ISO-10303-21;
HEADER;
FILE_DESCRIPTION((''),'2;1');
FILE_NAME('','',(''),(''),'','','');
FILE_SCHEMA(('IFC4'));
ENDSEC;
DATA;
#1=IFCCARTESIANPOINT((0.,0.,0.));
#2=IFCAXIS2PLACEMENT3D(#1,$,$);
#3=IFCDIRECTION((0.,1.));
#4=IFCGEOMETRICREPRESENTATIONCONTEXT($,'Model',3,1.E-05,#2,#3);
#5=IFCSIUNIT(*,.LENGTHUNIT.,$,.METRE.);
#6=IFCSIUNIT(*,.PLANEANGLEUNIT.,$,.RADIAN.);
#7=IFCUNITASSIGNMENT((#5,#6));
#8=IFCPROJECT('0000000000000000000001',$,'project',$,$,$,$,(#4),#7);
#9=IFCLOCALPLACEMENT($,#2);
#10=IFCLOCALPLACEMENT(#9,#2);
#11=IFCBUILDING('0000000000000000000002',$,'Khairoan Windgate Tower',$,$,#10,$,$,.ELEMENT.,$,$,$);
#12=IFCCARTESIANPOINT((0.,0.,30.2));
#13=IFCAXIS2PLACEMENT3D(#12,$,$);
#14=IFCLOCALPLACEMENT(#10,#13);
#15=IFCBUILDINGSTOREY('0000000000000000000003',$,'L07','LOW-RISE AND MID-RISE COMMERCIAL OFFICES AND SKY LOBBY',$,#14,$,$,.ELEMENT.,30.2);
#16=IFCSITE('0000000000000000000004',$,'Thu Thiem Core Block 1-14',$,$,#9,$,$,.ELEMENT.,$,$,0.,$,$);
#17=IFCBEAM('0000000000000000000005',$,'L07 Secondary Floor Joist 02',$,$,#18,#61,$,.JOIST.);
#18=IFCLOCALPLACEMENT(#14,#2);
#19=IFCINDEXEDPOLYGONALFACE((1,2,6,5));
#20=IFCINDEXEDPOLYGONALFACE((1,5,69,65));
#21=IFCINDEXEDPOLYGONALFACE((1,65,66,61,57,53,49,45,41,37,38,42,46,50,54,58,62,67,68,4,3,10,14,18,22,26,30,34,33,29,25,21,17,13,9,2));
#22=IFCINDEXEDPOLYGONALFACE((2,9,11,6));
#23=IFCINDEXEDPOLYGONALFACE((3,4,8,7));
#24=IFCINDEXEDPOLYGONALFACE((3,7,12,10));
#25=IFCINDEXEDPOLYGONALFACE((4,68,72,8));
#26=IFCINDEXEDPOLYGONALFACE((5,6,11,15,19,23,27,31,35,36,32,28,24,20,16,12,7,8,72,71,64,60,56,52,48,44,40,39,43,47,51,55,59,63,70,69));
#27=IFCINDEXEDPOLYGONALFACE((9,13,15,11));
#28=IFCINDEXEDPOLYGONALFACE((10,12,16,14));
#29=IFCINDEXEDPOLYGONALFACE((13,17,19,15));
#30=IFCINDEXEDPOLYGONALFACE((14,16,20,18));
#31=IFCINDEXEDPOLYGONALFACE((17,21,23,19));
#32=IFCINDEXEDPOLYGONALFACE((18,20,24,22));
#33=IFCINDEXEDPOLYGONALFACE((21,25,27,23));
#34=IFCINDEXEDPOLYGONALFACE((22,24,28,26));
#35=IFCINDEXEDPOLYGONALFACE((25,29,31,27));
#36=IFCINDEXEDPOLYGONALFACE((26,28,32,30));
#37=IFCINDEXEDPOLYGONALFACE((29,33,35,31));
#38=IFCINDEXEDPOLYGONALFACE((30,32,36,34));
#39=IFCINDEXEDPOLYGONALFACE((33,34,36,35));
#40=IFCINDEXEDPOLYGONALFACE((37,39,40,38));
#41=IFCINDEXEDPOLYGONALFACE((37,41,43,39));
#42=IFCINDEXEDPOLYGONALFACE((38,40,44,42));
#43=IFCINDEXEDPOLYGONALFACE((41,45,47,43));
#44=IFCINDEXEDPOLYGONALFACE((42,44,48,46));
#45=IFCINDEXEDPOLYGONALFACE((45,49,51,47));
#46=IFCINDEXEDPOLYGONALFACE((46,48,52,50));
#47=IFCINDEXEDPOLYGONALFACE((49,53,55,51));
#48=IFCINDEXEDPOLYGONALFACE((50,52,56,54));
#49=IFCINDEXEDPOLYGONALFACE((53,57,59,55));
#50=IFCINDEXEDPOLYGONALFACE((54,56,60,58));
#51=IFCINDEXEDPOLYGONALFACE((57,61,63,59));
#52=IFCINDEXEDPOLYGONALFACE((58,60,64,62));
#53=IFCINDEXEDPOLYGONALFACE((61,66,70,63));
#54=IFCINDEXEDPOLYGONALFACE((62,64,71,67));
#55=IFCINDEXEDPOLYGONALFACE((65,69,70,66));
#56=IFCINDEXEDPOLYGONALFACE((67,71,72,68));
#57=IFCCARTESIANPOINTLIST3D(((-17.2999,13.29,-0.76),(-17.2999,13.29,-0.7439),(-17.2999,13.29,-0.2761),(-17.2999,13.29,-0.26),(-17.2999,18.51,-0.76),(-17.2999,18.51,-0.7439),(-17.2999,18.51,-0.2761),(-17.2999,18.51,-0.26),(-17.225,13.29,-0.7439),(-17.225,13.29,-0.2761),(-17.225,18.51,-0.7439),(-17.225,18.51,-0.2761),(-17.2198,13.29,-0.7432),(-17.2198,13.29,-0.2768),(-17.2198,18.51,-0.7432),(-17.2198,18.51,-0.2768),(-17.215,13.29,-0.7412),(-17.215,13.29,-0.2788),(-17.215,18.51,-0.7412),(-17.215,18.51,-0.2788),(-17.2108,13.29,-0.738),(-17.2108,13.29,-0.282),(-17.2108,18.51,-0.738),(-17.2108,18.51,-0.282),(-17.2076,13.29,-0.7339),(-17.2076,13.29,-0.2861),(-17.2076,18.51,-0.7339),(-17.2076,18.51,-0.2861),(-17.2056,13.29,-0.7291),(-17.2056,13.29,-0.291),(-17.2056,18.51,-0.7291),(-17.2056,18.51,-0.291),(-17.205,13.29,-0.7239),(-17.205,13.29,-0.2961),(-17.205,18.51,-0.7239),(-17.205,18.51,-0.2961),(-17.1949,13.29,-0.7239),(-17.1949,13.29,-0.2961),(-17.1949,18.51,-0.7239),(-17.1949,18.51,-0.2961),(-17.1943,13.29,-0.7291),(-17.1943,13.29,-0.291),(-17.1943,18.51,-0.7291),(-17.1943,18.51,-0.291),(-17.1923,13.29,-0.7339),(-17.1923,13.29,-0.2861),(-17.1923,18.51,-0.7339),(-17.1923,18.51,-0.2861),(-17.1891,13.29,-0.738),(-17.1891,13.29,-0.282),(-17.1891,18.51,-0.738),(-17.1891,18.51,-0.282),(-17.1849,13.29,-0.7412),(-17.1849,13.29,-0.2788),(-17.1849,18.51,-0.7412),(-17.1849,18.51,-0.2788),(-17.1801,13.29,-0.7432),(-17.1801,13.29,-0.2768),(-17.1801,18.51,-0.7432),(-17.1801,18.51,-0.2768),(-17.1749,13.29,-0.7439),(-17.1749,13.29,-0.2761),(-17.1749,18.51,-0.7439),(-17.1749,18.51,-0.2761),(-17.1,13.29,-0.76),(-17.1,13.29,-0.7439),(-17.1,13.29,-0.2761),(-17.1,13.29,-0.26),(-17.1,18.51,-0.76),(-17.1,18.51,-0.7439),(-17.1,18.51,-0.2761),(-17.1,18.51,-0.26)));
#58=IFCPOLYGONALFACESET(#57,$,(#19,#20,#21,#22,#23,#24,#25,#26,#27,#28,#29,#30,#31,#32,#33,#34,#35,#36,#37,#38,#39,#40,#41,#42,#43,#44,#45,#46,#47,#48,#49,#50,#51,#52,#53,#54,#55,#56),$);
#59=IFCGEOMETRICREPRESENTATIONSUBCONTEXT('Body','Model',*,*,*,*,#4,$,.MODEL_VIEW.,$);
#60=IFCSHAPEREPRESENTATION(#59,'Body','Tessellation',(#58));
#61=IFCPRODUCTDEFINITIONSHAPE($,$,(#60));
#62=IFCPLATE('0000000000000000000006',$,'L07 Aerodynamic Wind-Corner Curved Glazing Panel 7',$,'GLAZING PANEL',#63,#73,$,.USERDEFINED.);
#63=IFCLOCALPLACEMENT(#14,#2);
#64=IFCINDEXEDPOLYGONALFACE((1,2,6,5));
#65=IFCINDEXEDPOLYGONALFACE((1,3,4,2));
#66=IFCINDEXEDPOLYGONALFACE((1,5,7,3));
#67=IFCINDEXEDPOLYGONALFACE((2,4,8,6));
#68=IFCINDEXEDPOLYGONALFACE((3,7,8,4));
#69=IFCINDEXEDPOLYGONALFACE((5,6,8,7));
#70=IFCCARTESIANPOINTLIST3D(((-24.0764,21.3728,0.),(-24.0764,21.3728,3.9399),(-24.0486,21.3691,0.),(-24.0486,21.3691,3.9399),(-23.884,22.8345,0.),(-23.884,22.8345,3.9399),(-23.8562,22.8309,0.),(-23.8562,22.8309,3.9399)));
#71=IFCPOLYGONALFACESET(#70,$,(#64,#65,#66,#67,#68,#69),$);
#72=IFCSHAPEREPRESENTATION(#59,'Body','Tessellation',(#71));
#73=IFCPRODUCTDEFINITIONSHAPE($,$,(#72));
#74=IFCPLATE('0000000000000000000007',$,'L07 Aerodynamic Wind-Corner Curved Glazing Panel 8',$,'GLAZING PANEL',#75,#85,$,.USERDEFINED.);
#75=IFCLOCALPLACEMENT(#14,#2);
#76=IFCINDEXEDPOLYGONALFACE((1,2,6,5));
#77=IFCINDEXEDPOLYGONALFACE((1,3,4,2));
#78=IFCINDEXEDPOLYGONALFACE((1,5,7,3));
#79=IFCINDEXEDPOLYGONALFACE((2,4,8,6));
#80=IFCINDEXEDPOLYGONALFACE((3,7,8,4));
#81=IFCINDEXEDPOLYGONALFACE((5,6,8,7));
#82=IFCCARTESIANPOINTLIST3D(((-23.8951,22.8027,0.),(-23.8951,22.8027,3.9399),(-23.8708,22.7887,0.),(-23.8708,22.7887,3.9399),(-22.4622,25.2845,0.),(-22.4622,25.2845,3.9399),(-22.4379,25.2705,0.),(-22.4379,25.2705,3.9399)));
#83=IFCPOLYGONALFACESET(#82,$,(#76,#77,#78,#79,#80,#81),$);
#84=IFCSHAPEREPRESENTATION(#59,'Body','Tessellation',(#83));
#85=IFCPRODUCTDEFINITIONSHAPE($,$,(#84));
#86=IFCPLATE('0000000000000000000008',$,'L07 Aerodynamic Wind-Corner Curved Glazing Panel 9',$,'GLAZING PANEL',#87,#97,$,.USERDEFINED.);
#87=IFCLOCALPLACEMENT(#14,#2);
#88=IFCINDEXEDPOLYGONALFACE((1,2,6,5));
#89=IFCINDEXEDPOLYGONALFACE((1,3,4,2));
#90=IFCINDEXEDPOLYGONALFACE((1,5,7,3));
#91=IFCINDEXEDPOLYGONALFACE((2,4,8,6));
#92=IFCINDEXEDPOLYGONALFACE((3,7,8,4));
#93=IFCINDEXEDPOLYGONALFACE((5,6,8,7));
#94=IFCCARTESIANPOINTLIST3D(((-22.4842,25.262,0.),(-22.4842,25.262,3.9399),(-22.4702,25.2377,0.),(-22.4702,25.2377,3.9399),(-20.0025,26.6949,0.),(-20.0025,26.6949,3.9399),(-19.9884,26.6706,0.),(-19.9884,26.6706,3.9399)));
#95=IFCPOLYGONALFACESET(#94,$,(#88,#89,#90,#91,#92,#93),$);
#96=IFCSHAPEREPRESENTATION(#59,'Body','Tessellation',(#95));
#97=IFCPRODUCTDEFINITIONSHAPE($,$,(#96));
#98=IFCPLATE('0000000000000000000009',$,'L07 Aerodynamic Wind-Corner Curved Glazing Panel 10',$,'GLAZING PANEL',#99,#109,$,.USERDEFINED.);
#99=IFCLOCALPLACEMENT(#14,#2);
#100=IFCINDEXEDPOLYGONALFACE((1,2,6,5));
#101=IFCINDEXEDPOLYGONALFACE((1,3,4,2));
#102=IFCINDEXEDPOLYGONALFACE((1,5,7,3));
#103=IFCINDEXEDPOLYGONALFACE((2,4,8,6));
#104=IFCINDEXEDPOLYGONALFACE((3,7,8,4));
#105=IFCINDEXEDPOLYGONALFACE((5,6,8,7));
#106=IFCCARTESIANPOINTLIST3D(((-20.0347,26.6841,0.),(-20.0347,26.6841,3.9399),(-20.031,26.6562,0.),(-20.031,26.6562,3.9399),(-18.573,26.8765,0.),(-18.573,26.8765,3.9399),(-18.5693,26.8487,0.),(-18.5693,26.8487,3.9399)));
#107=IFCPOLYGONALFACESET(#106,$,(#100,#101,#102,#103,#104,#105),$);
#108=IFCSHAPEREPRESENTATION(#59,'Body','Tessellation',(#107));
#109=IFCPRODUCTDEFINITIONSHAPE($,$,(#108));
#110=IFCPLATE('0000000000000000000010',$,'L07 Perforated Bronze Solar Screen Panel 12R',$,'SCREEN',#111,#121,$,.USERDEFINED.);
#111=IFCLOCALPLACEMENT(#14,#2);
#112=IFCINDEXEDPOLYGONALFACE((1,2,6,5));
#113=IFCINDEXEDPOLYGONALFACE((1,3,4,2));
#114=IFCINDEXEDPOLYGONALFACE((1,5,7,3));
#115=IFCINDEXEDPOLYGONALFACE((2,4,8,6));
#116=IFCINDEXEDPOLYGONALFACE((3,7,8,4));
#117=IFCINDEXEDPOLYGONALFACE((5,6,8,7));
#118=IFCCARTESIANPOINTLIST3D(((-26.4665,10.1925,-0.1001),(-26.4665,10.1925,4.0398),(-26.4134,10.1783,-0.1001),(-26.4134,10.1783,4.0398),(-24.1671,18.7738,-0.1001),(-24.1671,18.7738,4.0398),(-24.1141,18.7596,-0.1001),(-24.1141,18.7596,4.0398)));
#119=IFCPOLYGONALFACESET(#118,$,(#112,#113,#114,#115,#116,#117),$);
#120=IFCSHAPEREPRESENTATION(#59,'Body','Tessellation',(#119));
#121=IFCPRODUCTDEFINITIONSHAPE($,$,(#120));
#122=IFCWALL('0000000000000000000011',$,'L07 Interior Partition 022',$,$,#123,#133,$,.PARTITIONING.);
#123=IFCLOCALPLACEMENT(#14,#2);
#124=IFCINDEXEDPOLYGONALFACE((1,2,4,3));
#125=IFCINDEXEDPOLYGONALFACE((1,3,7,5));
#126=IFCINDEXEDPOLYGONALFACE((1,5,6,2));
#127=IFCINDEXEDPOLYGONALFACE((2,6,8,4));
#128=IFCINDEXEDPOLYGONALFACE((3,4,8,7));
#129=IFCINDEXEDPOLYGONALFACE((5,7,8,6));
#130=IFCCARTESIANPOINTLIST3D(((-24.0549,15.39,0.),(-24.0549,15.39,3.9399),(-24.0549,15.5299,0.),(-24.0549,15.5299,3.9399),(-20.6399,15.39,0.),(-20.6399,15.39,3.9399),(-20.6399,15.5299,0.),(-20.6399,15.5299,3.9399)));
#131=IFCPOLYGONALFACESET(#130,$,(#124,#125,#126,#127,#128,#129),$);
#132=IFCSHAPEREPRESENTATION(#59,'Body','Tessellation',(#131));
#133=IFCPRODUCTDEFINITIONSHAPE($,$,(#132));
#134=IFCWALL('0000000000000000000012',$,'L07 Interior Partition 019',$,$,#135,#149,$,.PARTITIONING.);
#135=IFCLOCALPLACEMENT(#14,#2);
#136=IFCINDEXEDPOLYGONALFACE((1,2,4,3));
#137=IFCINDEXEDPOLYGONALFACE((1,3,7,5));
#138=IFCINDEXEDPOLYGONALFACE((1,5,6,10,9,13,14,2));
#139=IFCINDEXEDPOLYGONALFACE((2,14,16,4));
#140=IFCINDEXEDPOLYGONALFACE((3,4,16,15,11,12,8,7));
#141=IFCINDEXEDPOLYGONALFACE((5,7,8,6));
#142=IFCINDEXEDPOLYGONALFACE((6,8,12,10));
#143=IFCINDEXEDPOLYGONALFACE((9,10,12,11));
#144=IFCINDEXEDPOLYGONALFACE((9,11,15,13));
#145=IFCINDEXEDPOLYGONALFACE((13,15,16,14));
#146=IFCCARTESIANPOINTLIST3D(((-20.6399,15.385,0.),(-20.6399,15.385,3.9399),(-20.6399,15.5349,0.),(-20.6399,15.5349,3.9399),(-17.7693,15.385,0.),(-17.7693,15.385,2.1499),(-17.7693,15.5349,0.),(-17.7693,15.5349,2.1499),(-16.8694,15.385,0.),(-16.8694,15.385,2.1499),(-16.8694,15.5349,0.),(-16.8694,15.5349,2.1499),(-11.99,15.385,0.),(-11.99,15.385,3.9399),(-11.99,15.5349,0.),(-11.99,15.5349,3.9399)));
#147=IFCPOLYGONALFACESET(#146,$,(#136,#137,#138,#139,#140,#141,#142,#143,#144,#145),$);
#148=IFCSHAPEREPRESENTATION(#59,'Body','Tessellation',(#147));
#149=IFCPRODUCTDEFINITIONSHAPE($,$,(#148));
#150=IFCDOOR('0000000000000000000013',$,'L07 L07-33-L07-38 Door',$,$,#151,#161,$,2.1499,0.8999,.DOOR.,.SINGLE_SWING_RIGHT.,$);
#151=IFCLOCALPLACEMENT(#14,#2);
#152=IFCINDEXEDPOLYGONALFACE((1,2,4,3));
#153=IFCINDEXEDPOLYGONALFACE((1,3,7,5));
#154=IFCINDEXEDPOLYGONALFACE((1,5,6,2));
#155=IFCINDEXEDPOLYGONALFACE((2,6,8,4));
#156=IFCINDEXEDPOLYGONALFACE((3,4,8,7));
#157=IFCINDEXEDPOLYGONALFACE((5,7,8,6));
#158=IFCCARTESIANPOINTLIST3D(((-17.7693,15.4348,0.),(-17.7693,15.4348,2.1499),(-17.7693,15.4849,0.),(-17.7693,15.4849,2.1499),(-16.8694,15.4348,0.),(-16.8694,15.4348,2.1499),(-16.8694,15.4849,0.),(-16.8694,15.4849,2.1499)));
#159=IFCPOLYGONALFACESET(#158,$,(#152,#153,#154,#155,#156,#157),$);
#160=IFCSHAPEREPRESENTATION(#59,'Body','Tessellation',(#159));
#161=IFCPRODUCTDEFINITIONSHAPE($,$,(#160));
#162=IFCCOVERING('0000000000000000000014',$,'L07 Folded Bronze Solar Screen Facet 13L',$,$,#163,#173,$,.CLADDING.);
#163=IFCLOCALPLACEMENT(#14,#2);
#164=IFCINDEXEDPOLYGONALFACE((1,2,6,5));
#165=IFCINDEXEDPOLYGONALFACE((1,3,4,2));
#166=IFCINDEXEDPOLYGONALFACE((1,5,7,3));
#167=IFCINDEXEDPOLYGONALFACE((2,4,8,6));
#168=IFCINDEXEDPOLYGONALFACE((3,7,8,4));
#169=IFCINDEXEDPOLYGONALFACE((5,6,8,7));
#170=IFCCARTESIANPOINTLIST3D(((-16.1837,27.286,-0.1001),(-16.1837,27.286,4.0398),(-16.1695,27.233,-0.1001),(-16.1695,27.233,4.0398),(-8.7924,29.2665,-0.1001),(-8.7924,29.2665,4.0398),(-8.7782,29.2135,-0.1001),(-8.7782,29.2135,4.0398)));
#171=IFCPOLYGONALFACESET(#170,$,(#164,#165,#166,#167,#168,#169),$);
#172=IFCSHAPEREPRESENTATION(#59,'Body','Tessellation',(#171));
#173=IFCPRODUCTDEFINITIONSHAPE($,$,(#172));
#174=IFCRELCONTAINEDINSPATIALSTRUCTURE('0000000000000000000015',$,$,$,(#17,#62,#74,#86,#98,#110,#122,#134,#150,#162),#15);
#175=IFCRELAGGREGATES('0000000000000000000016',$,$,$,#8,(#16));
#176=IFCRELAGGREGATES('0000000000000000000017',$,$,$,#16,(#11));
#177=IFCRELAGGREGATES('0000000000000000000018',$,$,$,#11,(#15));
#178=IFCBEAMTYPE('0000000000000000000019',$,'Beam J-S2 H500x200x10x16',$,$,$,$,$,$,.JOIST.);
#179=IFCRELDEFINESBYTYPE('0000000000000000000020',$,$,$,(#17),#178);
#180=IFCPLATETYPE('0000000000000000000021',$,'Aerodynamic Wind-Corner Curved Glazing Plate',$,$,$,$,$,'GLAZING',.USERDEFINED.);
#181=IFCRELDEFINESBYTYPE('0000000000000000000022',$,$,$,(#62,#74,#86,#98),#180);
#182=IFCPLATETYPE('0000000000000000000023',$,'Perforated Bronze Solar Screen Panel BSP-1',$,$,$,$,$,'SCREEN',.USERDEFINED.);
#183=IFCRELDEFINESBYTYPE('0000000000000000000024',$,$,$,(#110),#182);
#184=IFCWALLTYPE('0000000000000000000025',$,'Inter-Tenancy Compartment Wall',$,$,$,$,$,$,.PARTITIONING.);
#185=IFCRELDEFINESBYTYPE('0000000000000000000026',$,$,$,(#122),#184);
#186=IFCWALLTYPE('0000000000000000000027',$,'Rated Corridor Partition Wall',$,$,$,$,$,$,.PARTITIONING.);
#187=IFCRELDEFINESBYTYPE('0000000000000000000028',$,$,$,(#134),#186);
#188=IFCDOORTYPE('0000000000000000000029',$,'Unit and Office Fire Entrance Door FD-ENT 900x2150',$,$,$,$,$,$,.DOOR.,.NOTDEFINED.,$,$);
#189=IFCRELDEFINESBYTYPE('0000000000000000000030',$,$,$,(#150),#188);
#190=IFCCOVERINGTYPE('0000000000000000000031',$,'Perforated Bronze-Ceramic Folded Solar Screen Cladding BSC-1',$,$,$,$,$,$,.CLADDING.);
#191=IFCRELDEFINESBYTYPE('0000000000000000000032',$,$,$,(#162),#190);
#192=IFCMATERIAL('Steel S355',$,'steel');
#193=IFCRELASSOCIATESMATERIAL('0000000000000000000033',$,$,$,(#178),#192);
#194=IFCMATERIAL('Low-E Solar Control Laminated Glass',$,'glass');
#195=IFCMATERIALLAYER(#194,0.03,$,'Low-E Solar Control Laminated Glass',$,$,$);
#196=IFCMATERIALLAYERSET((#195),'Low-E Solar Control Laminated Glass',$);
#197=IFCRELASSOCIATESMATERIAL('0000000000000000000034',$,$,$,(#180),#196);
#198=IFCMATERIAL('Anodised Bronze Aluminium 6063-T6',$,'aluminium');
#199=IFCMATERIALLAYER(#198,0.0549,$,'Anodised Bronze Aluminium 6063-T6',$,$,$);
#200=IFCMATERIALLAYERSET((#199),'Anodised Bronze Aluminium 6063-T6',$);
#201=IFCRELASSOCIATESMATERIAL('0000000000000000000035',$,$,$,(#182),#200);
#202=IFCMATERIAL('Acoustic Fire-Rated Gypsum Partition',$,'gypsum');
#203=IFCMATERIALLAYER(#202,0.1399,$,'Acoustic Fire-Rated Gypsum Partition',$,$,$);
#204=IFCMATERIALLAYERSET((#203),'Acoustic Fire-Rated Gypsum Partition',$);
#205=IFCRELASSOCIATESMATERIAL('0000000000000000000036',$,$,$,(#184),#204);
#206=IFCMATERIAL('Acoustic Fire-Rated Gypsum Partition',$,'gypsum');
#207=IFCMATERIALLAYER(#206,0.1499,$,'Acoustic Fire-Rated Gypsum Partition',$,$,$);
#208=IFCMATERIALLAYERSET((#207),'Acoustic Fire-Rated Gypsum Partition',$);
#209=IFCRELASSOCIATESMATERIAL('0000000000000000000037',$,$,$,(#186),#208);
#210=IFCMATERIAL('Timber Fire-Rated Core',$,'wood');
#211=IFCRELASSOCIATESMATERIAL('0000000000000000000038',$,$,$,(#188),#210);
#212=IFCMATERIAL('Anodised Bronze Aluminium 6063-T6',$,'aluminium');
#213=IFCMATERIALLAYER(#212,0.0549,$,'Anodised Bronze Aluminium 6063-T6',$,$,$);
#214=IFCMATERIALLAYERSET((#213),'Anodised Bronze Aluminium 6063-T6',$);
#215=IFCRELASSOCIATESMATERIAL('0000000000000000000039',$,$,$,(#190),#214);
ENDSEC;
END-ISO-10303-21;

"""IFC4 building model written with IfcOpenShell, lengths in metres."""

from ifc_helpers import new_model, si_unit, direction, frame, frame_2d, origin, origin_2d, place, context, subcontext, project, spatial, rectangle, i_section, extrude, material, layer, layer_set, material_profile, profile_set, type_object, element, fill, save


model = new_model("IFC4")

# Units and contexts
model_context = context("Model", 3, precision=1e-05, world=origin(), true_north=direction((0.0, 1.0)))
body_context = subcontext(model_context, "Body", "Model", "MODEL_VIEW")
ifc_project = project(units=[si_unit("LENGTHUNIT", "METRE"), si_unit("PLANEANGLEUNIT", "RADIAN")], contexts=[model_context])

# Site, building, storey
site_placement = place(None, origin())
site = spatial("IfcSite", under=ifc_project, at=site_placement, Name="Thu Thiem Core Block 1-14", CompositionType="ELEMENT", RefElevation=0.0)
building_placement = place(site_placement, origin())
building = spatial("IfcBuilding", under=site, at=building_placement, Name="Khairoan Windgate Tower", CompositionType="ELEMENT")
storey_placement = place(building_placement, frame((0.0, 0.0, 30.2)))
storey = spatial("IfcBuildingStorey", under=building, at=storey_placement, Name="L07", Description="LOW-RISE AND MID-RISE COMMERCIAL OFFICES AND SKY LOBBY", CompositionType="ELEMENT", Elevation=30.2)

# Beam
ifc_material_1 = material(Name="Steel S355", Category="steel")
ifc_material_profile_1 = material_profile(ifc_material_1, i_section(OverallWidth=0.2, OverallDepth=0.5, WebThickness=0.01, FlangeThickness=0.0161, FilletRadius=0.02, at=origin_2d()))
ifc_profile_set_1 = profile_set([ifc_material_profile_1], Name="Steel S355")
beam_type_1 = type_object("IfcBeamType", Name="Beam J-S2 H500x200x10x16", PredefinedType="JOIST", material=ifc_profile_set_1)
beam_1_placement = place(storey_placement, frame((-17.2, 13.29, -0.51), z_axis=(0.0, 1.0, 0.0), x_axis=(-1.0, 0.0, 0.0)))
element("IfcBeam", 1, at=beam_1_placement, inside=storey, type_object=beam_type_1, Name="L07 Secondary Floor Joist 02", PredefinedType="JOIST", context=body_context, shape_type="SweptSolid", body=[
    extrude(i_section(OverallWidth=0.2, OverallDepth=0.5, WebThickness=0.01, FlangeThickness=0.0161, FilletRadius=0.02, at=origin_2d()), origin(), (0.0, 0.0, 1.0), 5.22),
])

# Plates
ifc_material_2 = material(Name="Low-E Solar Control Laminated Glass", Category="glass")
ifc_layer_1 = layer(ifc_material_2, 0.03, Name="Low-E Solar Control Laminated Glass")
ifc_layer_set_1 = layer_set([ifc_layer_1], Name="Low-E Solar Control Laminated Glass")
plate_type_1 = type_object("IfcPlateType", Name="Aerodynamic Wind-Corner Curved Glazing Plate", ElementType="GLAZING", PredefinedType="USERDEFINED", material=ifc_layer_set_1)
plate_1_placement = place(storey_placement, frame((-23.9663, 22.1018, 0.0), z_axis=(0.0, 0.0, 1.0), x_axis=(0.130526, 0.991445, 0.0)))
element("IfcPlate", 2, at=plate_1_placement, inside=storey, type_object=plate_type_1, Name="L07 Aerodynamic Wind-Corner Curved Glazing Panel 7", ObjectType="GLAZING PANEL", PredefinedType="USERDEFINED", context=body_context, shape_type="SweptSolid", body=[
    extrude(rectangle(XDim=1.4744, YDim=0.0281, at=origin_2d()), origin(), (0.0, 0.0, 1.0), 3.9399),
])
for number, where, z_axis, x_axis, name in (
    (3, (-23.1665, 24.0366, 0.0), (0.0, 0.0, 1.0), (0.5, 0.866025, 0.0), "L07 Aerodynamic Wind-Corner Curved Glazing Panel 8"),
    (4, (-21.2363, 25.9663, 0.0), (0.0, 0.0, 1.0), (0.866025, 0.5, 0.0), "L07 Aerodynamic Wind-Corner Curved Glazing Panel 9"),
):
    element("IfcPlate", number, at=place(storey_placement, frame(where, z_axis=z_axis, x_axis=x_axis)), inside=storey, type_object=plate_type_1, Name=name, ObjectType="GLAZING PANEL", PredefinedType="USERDEFINED", context=body_context, shape_type="SweptSolid", body=[
        extrude(rectangle(XDim=2.8657, YDim=0.0281, at=origin_2d()), origin(), (0.0, 0.0, 1.0), 3.9399),
    ])
plate_2_placement = place(storey_placement, frame((-19.302, 26.7664, 0.0), z_axis=(0.0, 0.0, 1.0), x_axis=(0.991445, 0.130526, 0.0)))
element("IfcPlate", 5, at=plate_2_placement, inside=storey, type_object=plate_type_1, Name="L07 Aerodynamic Wind-Corner Curved Glazing Panel 10", ObjectType="GLAZING PANEL", PredefinedType="USERDEFINED", context=body_context, shape_type="SweptSolid", body=[
    extrude(rectangle(XDim=1.4744, YDim=0.0281, at=origin_2d()), origin(), (0.0, 0.0, 1.0), 3.9399),
])

# Plate
ifc_material_3 = material(Name="Anodised Bronze Aluminium 6063-T6", Category="aluminium")
ifc_layer_2 = layer(ifc_material_3, 0.0549, Name="Anodised Bronze Aluminium 6063-T6")
ifc_layer_set_2 = layer_set([ifc_layer_2], Name="Anodised Bronze Aluminium 6063-T6")
plate_type_2 = type_object("IfcPlateType", Name="Perforated Bronze Solar Screen Panel BSP-1", ElementType="SCREEN", PredefinedType="USERDEFINED", material=ifc_layer_set_2)
plate_3_placement = place(storey_placement, frame((-25.2903, 14.4761, -0.1001), z_axis=(0.0, 0.0, 1.0), x_axis=(0.258819, 0.965926, 0.0)))
element("IfcPlate", 6, at=plate_3_placement, inside=storey, type_object=plate_type_2, Name="L07 Perforated Bronze Solar Screen Panel 12R", ObjectType="SCREEN", PredefinedType="USERDEFINED", context=body_context, shape_type="SweptSolid", body=[
    extrude(rectangle(XDim=8.884, YDim=0.0549, at=origin_2d()), origin(), (0.0, 0.0, 1.0), 4.1399),
])

# Wall
ifc_material_4 = material(Name="Acoustic Fire-Rated Gypsum Partition", Category="gypsum")
ifc_layer_3 = layer(ifc_material_4, 0.1399, Name="Acoustic Fire-Rated Gypsum Partition")
ifc_layer_set_3 = layer_set([ifc_layer_3], Name="Acoustic Fire-Rated Gypsum Partition")
wall_type_1 = type_object("IfcWallType", Name="Inter-Tenancy Compartment Wall", PredefinedType="PARTITIONING", material=ifc_layer_set_3)
wall_1_placement = place(storey_placement, frame((-24.0549, 15.46, 0.0), z_axis=(0.0, 0.0, 1.0), x_axis=(1.0, 0.0, 0.0)))
element("IfcWall", 7, at=wall_1_placement, inside=storey, type_object=wall_type_1, Name="L07 Interior Partition 022", PredefinedType="PARTITIONING", context=body_context, shape_type="SweptSolid", body=[
    extrude(rectangle(XDim=3.415, YDim=0.1399, at=frame_2d((1.7075, 0.0))), origin(), (0.0, 0.0, 1.0), 3.9399),
])

# Wall, opening, door
ifc_material_5 = material(Name="Acoustic Fire-Rated Gypsum Partition", Category="gypsum")
ifc_layer_4 = layer(ifc_material_5, 0.1499, Name="Acoustic Fire-Rated Gypsum Partition")
ifc_layer_set_4 = layer_set([ifc_layer_4], Name="Acoustic Fire-Rated Gypsum Partition")
wall_type_2 = type_object("IfcWallType", Name="Rated Corridor Partition Wall", PredefinedType="PARTITIONING", material=ifc_layer_set_4)
ifc_material_6 = material(Name="Timber Fire-Rated Core", Category="wood")
door_type = type_object("IfcDoorType", Name="Unit and Office Fire Entrance Door FD-ENT 900x2150", OperationType="NOTDEFINED", PredefinedType="DOOR", material=ifc_material_6)
wall_2_placement = place(storey_placement, frame((-20.6399, 15.46, 0.0), z_axis=(0.0, 0.0, 1.0), x_axis=(1.0, 0.0, 0.0)))
wall_2 = element("IfcWall", 8, at=wall_2_placement, inside=storey, type_object=wall_type_2, Name="L07 Interior Partition 019", PredefinedType="PARTITIONING", context=body_context, shape_type="SweptSolid", body=[
    extrude(rectangle(XDim=8.6499, YDim=0.1499, at=frame_2d((4.325, 0.0))), origin(), (0.0, 0.0, 1.0), 3.9399),
])
opening_1_placement = place(wall_2_placement, frame((2.8706, 0.0, 0.0)))
opening_1 = element("IfcOpeningElement", 9, at=opening_1_placement, cuts=wall_2, PredefinedType="OPENING", context=body_context, shape_type="SweptSolid", body=[
    extrude(rectangle(XDim=0.8999, YDim=2.1499, at=frame_2d((0.45, 1.075))), frame((0.0, 0.085, 0.0), z_axis=(0.0, -1.0, 0.0), x_axis=(1.0, 0.0, 0.0)), (0.0, 0.0, 1.0), 0.1699),
])
door_1_placement = place(opening_1_placement, origin())
door_1 = element("IfcDoor", 10, at=door_1_placement, inside=storey, type_object=door_type, Name="L07 L07-33-L07-38 Door", OperationType="SINGLE_SWING_RIGHT", OverallHeight=2.1499, OverallWidth=0.8999, PredefinedType="DOOR", context=body_context, shape_type="SweptSolid", body=[
    extrude(rectangle(XDim=0.8999, YDim=2.1499, at=frame_2d((0.45, 1.075))), frame((0.0, 0.0249, 0.0), z_axis=(0.0, -1.0, 0.0), x_axis=(1.0, 0.0, 0.0)), (0.0, 0.0, 1.0), 0.05),
])
fill(opening_1, door_1)

# Covering
ifc_material_7 = material(Name="Anodised Bronze Aluminium 6063-T6", Category="aluminium")
ifc_layer_5 = layer(ifc_material_7, 0.0549, Name="Anodised Bronze Aluminium 6063-T6")
ifc_layer_set_5 = layer_set([ifc_layer_5], Name="Anodised Bronze Aluminium 6063-T6")
covering_type = type_object("IfcCoveringType", Name="Perforated Bronze-Ceramic Folded Solar Screen Cladding BSC-1", PredefinedType="CLADDING", material=ifc_layer_set_5)
covering_placement = place(storey_placement, frame((-12.481, 28.2498, -0.1001), z_axis=(0.0, 0.0, 1.0), x_axis=(0.965926, 0.258819, 0.0)))
element("IfcCovering", 11, at=covering_placement, inside=storey, type_object=covering_type, Name="L07 Folded Bronze Solar Screen Facet 13L", PredefinedType="CLADDING", context=body_context, shape_type="SweptSolid", body=[
    extrude(rectangle(XDim=7.6521, YDim=0.0549, at=origin_2d()), origin(), (0.0, 0.0, 1.0), 4.1399),
])

save(model, "model.ifc")
